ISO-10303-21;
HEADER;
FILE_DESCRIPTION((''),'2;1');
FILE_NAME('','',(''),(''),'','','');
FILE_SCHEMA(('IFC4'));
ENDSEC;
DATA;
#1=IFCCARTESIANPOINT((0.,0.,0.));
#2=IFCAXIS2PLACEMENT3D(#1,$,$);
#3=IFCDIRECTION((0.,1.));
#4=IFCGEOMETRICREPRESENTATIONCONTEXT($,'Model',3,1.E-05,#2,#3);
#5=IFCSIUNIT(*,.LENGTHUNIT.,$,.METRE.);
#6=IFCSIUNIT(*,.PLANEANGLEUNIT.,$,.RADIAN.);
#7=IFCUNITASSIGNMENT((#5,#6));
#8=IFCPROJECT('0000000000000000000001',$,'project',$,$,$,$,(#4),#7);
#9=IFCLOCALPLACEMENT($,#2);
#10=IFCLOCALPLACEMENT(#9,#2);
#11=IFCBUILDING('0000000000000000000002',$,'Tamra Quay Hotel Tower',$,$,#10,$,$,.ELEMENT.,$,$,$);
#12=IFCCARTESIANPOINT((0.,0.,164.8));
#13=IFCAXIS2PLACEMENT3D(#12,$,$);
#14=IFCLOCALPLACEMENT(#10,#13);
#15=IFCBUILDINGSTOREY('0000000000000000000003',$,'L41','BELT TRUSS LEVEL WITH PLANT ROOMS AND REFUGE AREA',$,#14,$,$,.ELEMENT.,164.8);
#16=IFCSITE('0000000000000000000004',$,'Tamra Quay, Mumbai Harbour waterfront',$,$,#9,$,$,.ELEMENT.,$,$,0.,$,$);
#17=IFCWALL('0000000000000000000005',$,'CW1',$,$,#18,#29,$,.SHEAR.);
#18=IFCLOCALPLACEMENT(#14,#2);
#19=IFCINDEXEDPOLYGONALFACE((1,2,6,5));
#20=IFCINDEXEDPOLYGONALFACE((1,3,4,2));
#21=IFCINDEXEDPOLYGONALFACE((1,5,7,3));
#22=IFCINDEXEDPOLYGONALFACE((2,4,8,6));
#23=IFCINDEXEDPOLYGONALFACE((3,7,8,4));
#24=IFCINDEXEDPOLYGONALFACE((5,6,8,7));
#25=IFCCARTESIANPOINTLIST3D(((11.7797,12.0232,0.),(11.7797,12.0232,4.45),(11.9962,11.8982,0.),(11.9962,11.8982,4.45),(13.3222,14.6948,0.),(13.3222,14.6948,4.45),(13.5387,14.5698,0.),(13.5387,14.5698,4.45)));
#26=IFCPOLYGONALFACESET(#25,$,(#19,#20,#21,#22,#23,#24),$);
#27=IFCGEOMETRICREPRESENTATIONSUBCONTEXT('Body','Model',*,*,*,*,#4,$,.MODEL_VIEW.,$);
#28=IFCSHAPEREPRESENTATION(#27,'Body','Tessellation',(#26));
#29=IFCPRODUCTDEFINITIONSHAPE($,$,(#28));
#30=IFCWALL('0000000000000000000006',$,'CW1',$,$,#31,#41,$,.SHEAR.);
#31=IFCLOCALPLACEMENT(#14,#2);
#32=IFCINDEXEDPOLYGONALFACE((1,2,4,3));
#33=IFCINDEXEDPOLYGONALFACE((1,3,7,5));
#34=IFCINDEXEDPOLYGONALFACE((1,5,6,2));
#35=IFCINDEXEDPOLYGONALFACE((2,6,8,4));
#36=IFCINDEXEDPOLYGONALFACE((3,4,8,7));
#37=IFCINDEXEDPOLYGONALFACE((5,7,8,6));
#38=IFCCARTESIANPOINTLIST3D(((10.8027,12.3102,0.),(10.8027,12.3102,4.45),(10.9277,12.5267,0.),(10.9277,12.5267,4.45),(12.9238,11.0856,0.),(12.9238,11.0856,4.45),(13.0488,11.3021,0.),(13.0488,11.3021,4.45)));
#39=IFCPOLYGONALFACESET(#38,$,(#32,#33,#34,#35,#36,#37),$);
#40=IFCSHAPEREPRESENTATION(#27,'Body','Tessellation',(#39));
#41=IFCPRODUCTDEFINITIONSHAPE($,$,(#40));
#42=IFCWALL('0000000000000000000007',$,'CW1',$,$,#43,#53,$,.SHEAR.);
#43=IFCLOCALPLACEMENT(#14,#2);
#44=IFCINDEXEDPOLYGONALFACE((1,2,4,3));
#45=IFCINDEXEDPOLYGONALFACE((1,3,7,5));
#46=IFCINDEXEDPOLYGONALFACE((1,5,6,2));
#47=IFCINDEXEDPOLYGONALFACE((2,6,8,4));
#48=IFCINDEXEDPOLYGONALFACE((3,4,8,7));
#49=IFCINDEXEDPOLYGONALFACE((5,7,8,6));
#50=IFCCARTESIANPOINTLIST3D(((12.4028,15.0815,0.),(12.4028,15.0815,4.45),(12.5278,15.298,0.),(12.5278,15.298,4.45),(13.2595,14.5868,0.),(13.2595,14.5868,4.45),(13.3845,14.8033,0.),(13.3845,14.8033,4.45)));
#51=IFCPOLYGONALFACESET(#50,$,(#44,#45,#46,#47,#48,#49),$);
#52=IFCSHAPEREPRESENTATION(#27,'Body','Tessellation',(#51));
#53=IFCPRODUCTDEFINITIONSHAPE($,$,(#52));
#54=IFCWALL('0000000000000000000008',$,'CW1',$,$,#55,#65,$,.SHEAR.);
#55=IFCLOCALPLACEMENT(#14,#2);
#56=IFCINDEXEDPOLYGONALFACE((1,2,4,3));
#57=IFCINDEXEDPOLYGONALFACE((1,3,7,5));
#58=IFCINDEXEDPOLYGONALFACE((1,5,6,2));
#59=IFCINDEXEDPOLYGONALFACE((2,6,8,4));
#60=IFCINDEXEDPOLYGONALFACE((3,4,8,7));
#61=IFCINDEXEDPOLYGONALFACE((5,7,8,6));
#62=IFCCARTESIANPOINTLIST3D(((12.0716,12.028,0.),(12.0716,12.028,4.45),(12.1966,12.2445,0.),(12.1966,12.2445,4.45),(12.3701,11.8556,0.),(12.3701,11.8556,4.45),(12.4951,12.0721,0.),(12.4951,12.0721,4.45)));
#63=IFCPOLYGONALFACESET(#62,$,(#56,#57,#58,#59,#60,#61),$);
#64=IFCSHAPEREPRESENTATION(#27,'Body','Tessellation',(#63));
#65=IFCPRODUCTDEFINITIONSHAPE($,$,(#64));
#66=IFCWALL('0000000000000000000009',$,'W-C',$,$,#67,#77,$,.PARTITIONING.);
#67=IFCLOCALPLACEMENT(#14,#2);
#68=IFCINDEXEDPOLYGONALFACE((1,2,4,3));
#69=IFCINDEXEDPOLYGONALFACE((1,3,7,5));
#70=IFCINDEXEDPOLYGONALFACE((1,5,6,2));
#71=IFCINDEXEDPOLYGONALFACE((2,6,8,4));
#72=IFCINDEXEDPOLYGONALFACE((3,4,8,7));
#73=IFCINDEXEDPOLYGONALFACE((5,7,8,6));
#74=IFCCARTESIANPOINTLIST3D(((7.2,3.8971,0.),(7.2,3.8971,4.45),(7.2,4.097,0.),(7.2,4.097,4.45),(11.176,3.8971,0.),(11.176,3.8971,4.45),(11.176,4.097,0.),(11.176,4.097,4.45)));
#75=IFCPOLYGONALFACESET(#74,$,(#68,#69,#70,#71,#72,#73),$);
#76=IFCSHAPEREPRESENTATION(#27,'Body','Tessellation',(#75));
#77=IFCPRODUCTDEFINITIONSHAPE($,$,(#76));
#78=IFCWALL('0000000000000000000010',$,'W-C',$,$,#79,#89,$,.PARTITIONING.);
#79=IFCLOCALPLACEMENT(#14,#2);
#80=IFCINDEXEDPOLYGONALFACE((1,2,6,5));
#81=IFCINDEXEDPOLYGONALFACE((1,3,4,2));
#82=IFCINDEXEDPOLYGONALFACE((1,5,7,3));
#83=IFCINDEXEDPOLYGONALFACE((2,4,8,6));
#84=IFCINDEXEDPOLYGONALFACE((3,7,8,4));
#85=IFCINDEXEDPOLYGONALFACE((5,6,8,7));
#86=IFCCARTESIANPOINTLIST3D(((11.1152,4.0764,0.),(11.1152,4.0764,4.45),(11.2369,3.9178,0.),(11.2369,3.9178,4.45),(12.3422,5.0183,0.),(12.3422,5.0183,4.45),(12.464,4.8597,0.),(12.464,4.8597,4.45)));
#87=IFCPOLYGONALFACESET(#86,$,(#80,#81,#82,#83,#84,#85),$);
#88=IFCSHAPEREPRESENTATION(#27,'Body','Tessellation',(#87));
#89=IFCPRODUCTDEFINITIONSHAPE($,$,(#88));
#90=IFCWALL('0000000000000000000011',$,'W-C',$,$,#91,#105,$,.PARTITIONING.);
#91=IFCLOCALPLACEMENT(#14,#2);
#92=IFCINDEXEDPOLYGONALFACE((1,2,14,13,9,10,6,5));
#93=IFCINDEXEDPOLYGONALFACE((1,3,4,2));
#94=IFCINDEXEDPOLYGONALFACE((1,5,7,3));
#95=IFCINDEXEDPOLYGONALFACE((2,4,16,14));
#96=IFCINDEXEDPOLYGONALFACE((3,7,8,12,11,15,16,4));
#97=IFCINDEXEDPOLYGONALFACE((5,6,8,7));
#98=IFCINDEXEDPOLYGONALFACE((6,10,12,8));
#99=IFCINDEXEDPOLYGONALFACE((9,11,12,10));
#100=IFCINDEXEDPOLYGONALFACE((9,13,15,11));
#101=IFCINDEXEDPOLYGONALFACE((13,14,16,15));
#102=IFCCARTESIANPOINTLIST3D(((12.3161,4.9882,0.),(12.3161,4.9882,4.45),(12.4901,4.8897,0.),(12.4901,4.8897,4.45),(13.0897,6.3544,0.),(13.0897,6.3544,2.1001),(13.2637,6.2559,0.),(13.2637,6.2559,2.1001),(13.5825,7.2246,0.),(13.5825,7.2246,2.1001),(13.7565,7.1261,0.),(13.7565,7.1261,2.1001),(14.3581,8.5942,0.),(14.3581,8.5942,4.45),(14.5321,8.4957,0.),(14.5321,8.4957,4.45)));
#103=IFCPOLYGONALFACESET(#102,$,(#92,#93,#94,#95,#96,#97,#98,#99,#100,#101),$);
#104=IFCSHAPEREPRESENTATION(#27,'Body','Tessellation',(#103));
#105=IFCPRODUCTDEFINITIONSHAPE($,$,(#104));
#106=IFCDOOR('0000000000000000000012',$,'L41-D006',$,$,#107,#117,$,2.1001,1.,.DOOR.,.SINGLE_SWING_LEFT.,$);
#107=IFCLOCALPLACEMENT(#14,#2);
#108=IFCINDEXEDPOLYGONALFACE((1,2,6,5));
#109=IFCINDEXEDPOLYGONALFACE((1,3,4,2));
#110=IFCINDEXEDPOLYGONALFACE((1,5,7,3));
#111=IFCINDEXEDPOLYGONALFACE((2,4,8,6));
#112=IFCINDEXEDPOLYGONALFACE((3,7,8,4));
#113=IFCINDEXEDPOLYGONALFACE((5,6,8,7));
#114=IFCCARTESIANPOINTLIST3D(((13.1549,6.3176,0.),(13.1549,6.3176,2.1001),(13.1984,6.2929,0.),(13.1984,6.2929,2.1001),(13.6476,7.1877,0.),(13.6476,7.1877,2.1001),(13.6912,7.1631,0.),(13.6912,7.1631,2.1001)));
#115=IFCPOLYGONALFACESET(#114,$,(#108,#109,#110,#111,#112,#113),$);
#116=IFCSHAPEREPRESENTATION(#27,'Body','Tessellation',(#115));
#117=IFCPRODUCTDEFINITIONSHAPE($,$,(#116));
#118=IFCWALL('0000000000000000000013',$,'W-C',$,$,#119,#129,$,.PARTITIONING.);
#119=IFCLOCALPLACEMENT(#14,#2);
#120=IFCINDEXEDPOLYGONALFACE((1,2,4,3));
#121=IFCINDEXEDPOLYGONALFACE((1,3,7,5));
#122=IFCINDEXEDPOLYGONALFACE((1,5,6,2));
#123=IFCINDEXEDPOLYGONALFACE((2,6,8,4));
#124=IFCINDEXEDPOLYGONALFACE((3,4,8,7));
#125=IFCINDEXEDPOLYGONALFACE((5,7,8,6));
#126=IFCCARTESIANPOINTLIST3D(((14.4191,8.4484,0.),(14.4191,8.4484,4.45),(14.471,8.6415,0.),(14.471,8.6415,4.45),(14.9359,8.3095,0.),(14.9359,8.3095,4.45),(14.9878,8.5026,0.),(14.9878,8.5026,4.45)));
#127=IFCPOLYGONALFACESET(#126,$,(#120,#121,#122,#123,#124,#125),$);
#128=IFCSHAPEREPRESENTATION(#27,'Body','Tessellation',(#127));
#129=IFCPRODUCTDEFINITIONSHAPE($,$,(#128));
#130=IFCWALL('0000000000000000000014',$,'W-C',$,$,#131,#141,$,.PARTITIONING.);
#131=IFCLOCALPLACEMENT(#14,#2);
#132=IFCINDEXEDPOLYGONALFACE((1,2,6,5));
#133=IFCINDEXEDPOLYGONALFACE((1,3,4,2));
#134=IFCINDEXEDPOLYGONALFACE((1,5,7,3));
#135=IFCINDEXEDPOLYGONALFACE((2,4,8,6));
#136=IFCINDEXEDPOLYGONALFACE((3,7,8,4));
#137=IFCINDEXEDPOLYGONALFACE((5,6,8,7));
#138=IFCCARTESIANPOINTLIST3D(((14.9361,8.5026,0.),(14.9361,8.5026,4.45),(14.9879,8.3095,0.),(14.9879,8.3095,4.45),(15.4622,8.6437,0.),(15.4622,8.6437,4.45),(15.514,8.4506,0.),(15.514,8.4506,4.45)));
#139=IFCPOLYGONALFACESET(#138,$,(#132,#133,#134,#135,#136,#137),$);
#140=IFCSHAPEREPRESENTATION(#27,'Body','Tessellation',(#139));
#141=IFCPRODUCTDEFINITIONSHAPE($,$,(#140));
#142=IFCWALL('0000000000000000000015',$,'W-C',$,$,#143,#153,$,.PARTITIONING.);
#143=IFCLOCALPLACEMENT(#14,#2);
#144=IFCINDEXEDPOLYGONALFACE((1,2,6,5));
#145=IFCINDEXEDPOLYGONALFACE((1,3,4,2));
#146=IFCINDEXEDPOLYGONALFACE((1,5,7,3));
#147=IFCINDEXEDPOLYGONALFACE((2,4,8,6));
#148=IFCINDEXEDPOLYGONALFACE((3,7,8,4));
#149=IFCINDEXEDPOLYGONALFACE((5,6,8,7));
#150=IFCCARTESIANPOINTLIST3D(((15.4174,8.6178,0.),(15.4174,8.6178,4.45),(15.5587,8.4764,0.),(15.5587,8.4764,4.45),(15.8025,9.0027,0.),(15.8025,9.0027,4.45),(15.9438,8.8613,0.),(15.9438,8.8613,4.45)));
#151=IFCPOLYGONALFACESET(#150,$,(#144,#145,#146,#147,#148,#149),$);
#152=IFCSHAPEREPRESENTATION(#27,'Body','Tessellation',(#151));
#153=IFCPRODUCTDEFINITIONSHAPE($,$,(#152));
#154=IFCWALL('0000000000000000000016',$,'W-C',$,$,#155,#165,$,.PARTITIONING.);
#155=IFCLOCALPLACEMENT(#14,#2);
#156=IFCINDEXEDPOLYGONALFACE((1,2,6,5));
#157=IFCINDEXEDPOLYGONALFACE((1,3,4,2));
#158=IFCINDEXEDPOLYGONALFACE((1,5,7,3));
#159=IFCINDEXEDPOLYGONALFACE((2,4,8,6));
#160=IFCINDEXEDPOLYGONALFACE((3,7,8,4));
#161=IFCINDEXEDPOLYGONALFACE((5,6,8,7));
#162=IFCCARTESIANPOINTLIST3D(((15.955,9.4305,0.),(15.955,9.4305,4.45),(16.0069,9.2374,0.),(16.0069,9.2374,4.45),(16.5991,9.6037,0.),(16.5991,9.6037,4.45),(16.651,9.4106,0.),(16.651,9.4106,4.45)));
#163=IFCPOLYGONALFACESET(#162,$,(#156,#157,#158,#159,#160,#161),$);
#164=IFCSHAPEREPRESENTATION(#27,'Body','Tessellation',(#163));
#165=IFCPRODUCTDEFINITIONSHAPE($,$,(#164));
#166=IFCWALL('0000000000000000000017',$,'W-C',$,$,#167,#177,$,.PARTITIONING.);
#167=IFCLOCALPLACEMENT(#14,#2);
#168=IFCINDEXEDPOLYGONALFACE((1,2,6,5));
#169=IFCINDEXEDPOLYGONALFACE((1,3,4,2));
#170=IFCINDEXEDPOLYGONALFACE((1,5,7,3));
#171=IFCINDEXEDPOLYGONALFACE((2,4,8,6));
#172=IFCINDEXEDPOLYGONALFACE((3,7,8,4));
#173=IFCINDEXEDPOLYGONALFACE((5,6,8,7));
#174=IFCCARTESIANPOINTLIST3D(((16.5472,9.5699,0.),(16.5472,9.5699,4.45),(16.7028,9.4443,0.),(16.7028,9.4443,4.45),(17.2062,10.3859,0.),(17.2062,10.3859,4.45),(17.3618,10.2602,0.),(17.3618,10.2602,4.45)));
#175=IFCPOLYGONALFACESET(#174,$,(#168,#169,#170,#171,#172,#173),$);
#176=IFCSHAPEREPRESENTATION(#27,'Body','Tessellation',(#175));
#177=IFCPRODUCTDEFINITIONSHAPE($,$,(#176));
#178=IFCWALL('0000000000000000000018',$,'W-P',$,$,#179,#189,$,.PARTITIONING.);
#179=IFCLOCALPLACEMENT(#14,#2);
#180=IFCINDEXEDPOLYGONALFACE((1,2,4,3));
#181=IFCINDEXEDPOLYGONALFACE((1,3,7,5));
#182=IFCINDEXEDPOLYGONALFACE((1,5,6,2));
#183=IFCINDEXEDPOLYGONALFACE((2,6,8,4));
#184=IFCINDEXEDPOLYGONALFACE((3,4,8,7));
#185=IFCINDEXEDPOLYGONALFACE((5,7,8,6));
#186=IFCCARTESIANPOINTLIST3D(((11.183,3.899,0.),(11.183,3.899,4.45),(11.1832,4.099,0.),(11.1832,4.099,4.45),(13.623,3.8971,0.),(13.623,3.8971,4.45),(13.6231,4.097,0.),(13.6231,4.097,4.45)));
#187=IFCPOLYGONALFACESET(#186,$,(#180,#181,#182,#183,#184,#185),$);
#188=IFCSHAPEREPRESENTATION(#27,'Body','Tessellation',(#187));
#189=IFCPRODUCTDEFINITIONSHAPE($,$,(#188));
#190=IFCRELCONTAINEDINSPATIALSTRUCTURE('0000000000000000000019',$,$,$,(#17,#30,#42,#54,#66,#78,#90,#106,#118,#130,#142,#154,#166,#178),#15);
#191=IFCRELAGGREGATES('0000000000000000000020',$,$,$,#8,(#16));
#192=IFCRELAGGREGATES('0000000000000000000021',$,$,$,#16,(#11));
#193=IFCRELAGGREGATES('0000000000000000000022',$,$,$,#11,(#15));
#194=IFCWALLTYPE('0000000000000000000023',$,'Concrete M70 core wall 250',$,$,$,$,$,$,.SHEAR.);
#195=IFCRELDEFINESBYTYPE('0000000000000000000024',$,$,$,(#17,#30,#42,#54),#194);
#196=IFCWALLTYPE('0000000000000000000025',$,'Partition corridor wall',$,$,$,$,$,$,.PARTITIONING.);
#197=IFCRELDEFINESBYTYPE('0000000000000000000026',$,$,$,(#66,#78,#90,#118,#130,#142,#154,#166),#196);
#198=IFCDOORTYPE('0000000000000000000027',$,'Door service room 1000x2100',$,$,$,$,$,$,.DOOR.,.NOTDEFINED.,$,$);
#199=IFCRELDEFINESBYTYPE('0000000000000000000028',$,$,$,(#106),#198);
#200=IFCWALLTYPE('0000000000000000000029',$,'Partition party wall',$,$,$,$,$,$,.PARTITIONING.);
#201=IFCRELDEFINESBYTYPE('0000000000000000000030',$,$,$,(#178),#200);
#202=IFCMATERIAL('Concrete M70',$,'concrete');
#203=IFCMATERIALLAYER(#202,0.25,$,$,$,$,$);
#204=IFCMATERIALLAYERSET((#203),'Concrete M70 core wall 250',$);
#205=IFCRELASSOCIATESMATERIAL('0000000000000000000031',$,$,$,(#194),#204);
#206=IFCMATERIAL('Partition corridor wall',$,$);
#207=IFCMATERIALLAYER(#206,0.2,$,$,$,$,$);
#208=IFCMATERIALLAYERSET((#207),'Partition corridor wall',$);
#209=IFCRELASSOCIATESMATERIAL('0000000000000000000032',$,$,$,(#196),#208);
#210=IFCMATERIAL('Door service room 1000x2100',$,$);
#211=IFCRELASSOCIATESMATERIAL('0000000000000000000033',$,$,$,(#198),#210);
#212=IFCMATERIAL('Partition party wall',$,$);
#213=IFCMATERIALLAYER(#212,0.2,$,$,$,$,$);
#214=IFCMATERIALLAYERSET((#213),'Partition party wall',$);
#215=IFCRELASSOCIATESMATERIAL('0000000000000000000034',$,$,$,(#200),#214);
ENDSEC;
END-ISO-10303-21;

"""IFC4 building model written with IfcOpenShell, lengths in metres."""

from ifc_helpers import new_model, si_unit, direction, frame, frame_2d, origin, place, context, subcontext, project, spatial, rectangle, extrude, material, layer, layer_set, type_object, element, fill, save


model = new_model("IFC4")

# Units and contexts
model_context = context("Model", 3, precision=1e-05, world=origin(), true_north=direction((0.0, 1.0)))
body_context = subcontext(model_context, "Body", "Model", "MODEL_VIEW")
ifc_project = project(units=[si_unit("LENGTHUNIT", "METRE"), si_unit("PLANEANGLEUNIT", "RADIAN")], contexts=[model_context])

# Site, building, storey
site_placement = place(None, origin())
site = spatial("IfcSite", under=ifc_project, at=site_placement, Name="Tamra Quay, Mumbai Harbour waterfront", CompositionType="ELEMENT", RefElevation=0.0)
building_placement = place(site_placement, origin())
building = spatial("IfcBuilding", under=site, at=building_placement, Name="Tamra Quay Hotel Tower", CompositionType="ELEMENT")
storey_placement = place(building_placement, frame((0.0, 0.0, 164.8)))
storey = spatial("IfcBuildingStorey", under=building, at=storey_placement, Name="L41", Description="BELT TRUSS LEVEL WITH PLANT ROOMS AND REFUGE AREA", CompositionType="ELEMENT", Elevation=164.8)

# Shared definitions
ifc_material_1 = material(Name="Concrete M70", Category="concrete")

# Shared definitions
ifc_layer_1 = layer(ifc_material_1, 0.25)
ifc_layer_set_1 = layer_set([ifc_layer_1], Name="Concrete M70 core wall 250")
wall_type_1 = type_object("IfcWallType", Name="Concrete M70 core wall 250", PredefinedType="SHEAR", material=ifc_layer_set_1)

# Walls
wall_1_placement = place(storey_placement, frame((11.8879, 11.9607, 0.0), z_axis=(0.0, 0.0, 1.0), x_axis=(0.500003, 0.866023, 0.0)))
element("IfcWall", 1, at=wall_1_placement, inside=storey, type_object=wall_type_1, Name="CW1", PredefinedType="SHEAR", context=body_context, shape_type="SweptSolid", body=[
    extrude(rectangle(XDim=3.085, YDim=0.25, at=frame_2d((1.5425, 0.0))), origin(), (0.0, 0.0, 1.0), 4.45),
])
wall_2_placement = place(storey_placement, frame((10.8652, 12.4185, 0.0), z_axis=(0.0, 0.0, 1.0), x_axis=(0.866026, -0.499999, 0.0)))
element("IfcWall", 2, at=wall_2_placement, inside=storey, type_object=wall_type_1, Name="CW1", PredefinedType="SHEAR", context=body_context, shape_type="SweptSolid", body=[
    extrude(rectangle(XDim=2.4492, YDim=0.25, at=frame_2d((1.2246, 0.0))), origin(), (0.0, 0.0, 1.0), 4.45),
])
wall_3_placement = place(storey_placement, frame((13.322, 14.6951, 0.0), z_axis=(0.0, 0.0, 1.0), x_axis=(-0.866017, 0.500014, 0.0)))
element("IfcWall", 3, at=wall_3_placement, inside=storey, type_object=wall_type_1, Name="CW1", PredefinedType="SHEAR", context=body_context, shape_type="SweptSolid", body=[
    extrude(rectangle(XDim=0.9893, YDim=0.25, at=frame_2d((0.4946, 0.0))), origin(), (0.0, 0.0, 1.0), 4.45),
])
wall_4_placement = place(storey_placement, frame((12.4326, 11.9639, 0.0), z_axis=(0.0, 0.0, 1.0), x_axis=(-0.866056, 0.499947, 0.0)))
element("IfcWall", 4, at=wall_4_placement, inside=storey, type_object=wall_type_1, Name="CW1", PredefinedType="SHEAR", context=body_context, shape_type="SweptSolid", body=[
    extrude(rectangle(XDim=0.3447, YDim=0.25, at=frame_2d((0.1724, 0.0))), origin(), (0.0, 0.0, 1.0), 4.45),
])
ifc_material_2 = material(Name="Partition corridor wall")
ifc_layer_2 = layer(ifc_material_2, 0.2)
ifc_layer_set_2 = layer_set([ifc_layer_2], Name="Partition corridor wall")
wall_type_2 = type_object("IfcWallType", Name="Partition corridor wall", PredefinedType="PARTITIONING", material=ifc_layer_set_2)
wall_5_placement = place(storey_placement, frame((7.2, 3.9971, 0.0), z_axis=(0.0, 0.0, 1.0), x_axis=(1.0, 0.0, 0.0)))
element("IfcWall", 5, at=wall_5_placement, inside=storey, type_object=wall_type_2, Name="W-C", PredefinedType="PARTITIONING", context=body_context, shape_type="SweptSolid", body=[
    extrude(rectangle(XDim=3.9761, YDim=0.2, at=frame_2d((1.988, 0.0))), origin(), (0.0, 0.0, 1.0), 4.45),
])
wall_6_placement = place(storey_placement, frame((11.176, 3.9971, 0.0), z_axis=(0.0, 0.0, 1.0), x_axis=(0.793246, 0.608902, 0.0)))
element("IfcWall", 6, at=wall_6_placement, inside=storey, type_object=wall_type_2, Name="W-C", PredefinedType="PARTITIONING", context=body_context, shape_type="SweptSolid", body=[
    extrude(rectangle(XDim=1.5469, YDim=0.2, at=frame_2d((0.7734, 0.0))), origin(), (0.0, 0.0, 1.0), 4.45),
])

# Wall, opening, door
wall_7_placement = place(storey_placement, frame((12.4031, 4.939, 0.0), z_axis=(0.0, 0.0, 1.0), x_axis=(0.49276, 0.870165, 0.0)))
wall_7 = element("IfcWall", 7, at=wall_7_placement, inside=storey, type_object=wall_type_2, Name="W-C", PredefinedType="PARTITIONING", context=body_context, shape_type="SweptSolid", body=[
    extrude(rectangle(XDim=4.144, YDim=0.2, at=frame_2d((2.072, 0.0))), origin(), (0.0, 0.0, 1.0), 4.45),
])
opening_1_placement = place(wall_7_placement, frame((1.5701, 0.0, 0.0)))
opening_1 = element("IfcOpeningElement", 8, at=opening_1_placement, cuts=wall_7, PredefinedType="OPENING", context=body_context, shape_type="SweptSolid", body=[
    extrude(rectangle(XDim=1.0, YDim=2.1001, at=frame_2d((0.5, 1.05))), frame((0.0, 0.1099, 0.0), z_axis=(0.0, -1.0, 0.0), x_axis=(1.0, 0.0, 0.0)), (0.0, 0.0, 1.0), 0.22),
])
ifc_material_3 = material(Name="Door service room 1000x2100")
door_type_1 = type_object("IfcDoorType", Name="Door service room 1000x2100", OperationType="NOTDEFINED", PredefinedType="DOOR", material=ifc_material_3)
door_1_placement = place(opening_1_placement, frame((1.0, 0.0, 0.0), z_axis=(0.0, 0.0, 1.0), x_axis=(-1.0, 0.0, 0.0)))
door_1 = element("IfcDoor", 9, at=door_1_placement, inside=storey, type_object=door_type_1, Name="L41-D006", OperationType="SINGLE_SWING_LEFT", OverallHeight=2.1001, OverallWidth=1.0, PredefinedType="DOOR", context=body_context, shape_type="SweptSolid", body=[
    extrude(rectangle(XDim=1.0, YDim=2.1001, at=frame_2d((0.5, 1.05))), frame((0.0, 0.0249, 0.0), z_axis=(0.0, -1.0, 0.0), x_axis=(1.0, 0.0, 0.0)), (0.0, 0.0, 1.0), 0.05),
])
fill(opening_1, door_1)

# Walls
wall_8_placement = place(storey_placement, frame((14.4451, 8.5449, 0.0), z_axis=(0.0, 0.0, 1.0), x_axis=(0.965726, -0.259564, 0.0)))
element("IfcWall", 10, at=wall_8_placement, inside=storey, type_object=wall_type_2, Name="W-C", PredefinedType="PARTITIONING", context=body_context, shape_type="SweptSolid", body=[
    extrude(rectangle(XDim=0.5352, YDim=0.2, at=frame_2d((0.2676, 0.0))), origin(), (0.0, 0.0, 1.0), 4.45),
])
wall_9_placement = place(storey_placement, frame((14.9619, 8.406, 0.0), z_axis=(0.0, 0.0, 1.0), x_axis=(0.965862, 0.259057, 0.0)))
element("IfcWall", 11, at=wall_9_placement, inside=storey, type_object=wall_type_2, Name="W-C", PredefinedType="PARTITIONING", context=body_context, shape_type="SweptSolid", body=[
    extrude(rectangle(XDim=0.5447, YDim=0.2, at=frame_2d((0.2725, 0.0))), origin(), (0.0, 0.0, 1.0), 4.45),
])
wall_10_placement = place(storey_placement, frame((15.488, 8.5471, 0.0), z_axis=(0.0, 0.0, 1.0), x_axis=(0.707331, 0.706882, 0.0)))
element("IfcWall", 12, at=wall_10_placement, inside=storey, type_object=wall_type_2, Name="W-C", PredefinedType="PARTITIONING", context=body_context, shape_type="SweptSolid", body=[
    extrude(rectangle(XDim=0.5444, YDim=0.2, at=frame_2d((0.2722, 0.0))), origin(), (0.0, 0.0, 1.0), 4.45),
])
wall_11_placement = place(storey_placement, frame((15.981, 9.334, 0.0), z_axis=(0.0, 0.0, 1.0), x_axis=(0.965729, 0.259553, 0.0)))
element("IfcWall", 13, at=wall_11_placement, inside=storey, type_object=wall_type_2, Name="W-C", PredefinedType="PARTITIONING", context=body_context, shape_type="SweptSolid", body=[
    extrude(rectangle(XDim=0.667, YDim=0.2, at=frame_2d((0.3335, 0.0))), origin(), (0.0, 0.0, 1.0), 4.45),
])
wall_12_placement = place(storey_placement, frame((16.625, 9.5071, 0.0), z_axis=(0.0, 0.0, 1.0), x_axis=(0.628294, 0.777976, 0.0)))
element("IfcWall", 14, at=wall_12_placement, inside=storey, type_object=wall_type_2, Name="W-C", PredefinedType="PARTITIONING", context=body_context, shape_type="SweptSolid", body=[
    extrude(rectangle(XDim=1.0488, YDim=0.2, at=frame_2d((0.5244, 0.0))), origin(), (0.0, 0.0, 1.0), 4.45),
])
ifc_material_4 = material(Name="Partition party wall")
ifc_layer_3 = layer(ifc_material_4, 0.2)
ifc_layer_set_3 = layer_set([ifc_layer_3], Name="Partition party wall")
wall_type_3 = type_object("IfcWallType", Name="Partition party wall", PredefinedType="PARTITIONING", material=ifc_layer_set_3)
wall_13_placement = place(storey_placement, frame((11.1831, 3.999, 0.0), z_axis=(0.0, 0.0, 1.0), x_axis=(1.0, -0.0008, 0.0)))
element("IfcWall", 15, at=wall_13_placement, inside=storey, type_object=wall_type_3, Name="W-P", PredefinedType="PARTITIONING", context=body_context, shape_type="SweptSolid", body=[
    extrude(rectangle(XDim=2.4399, YDim=0.2, at=frame_2d((1.22, 0.0))), origin(), (0.0, 0.0, 1.0), 4.45),
])

save(model, "model.ifc")
